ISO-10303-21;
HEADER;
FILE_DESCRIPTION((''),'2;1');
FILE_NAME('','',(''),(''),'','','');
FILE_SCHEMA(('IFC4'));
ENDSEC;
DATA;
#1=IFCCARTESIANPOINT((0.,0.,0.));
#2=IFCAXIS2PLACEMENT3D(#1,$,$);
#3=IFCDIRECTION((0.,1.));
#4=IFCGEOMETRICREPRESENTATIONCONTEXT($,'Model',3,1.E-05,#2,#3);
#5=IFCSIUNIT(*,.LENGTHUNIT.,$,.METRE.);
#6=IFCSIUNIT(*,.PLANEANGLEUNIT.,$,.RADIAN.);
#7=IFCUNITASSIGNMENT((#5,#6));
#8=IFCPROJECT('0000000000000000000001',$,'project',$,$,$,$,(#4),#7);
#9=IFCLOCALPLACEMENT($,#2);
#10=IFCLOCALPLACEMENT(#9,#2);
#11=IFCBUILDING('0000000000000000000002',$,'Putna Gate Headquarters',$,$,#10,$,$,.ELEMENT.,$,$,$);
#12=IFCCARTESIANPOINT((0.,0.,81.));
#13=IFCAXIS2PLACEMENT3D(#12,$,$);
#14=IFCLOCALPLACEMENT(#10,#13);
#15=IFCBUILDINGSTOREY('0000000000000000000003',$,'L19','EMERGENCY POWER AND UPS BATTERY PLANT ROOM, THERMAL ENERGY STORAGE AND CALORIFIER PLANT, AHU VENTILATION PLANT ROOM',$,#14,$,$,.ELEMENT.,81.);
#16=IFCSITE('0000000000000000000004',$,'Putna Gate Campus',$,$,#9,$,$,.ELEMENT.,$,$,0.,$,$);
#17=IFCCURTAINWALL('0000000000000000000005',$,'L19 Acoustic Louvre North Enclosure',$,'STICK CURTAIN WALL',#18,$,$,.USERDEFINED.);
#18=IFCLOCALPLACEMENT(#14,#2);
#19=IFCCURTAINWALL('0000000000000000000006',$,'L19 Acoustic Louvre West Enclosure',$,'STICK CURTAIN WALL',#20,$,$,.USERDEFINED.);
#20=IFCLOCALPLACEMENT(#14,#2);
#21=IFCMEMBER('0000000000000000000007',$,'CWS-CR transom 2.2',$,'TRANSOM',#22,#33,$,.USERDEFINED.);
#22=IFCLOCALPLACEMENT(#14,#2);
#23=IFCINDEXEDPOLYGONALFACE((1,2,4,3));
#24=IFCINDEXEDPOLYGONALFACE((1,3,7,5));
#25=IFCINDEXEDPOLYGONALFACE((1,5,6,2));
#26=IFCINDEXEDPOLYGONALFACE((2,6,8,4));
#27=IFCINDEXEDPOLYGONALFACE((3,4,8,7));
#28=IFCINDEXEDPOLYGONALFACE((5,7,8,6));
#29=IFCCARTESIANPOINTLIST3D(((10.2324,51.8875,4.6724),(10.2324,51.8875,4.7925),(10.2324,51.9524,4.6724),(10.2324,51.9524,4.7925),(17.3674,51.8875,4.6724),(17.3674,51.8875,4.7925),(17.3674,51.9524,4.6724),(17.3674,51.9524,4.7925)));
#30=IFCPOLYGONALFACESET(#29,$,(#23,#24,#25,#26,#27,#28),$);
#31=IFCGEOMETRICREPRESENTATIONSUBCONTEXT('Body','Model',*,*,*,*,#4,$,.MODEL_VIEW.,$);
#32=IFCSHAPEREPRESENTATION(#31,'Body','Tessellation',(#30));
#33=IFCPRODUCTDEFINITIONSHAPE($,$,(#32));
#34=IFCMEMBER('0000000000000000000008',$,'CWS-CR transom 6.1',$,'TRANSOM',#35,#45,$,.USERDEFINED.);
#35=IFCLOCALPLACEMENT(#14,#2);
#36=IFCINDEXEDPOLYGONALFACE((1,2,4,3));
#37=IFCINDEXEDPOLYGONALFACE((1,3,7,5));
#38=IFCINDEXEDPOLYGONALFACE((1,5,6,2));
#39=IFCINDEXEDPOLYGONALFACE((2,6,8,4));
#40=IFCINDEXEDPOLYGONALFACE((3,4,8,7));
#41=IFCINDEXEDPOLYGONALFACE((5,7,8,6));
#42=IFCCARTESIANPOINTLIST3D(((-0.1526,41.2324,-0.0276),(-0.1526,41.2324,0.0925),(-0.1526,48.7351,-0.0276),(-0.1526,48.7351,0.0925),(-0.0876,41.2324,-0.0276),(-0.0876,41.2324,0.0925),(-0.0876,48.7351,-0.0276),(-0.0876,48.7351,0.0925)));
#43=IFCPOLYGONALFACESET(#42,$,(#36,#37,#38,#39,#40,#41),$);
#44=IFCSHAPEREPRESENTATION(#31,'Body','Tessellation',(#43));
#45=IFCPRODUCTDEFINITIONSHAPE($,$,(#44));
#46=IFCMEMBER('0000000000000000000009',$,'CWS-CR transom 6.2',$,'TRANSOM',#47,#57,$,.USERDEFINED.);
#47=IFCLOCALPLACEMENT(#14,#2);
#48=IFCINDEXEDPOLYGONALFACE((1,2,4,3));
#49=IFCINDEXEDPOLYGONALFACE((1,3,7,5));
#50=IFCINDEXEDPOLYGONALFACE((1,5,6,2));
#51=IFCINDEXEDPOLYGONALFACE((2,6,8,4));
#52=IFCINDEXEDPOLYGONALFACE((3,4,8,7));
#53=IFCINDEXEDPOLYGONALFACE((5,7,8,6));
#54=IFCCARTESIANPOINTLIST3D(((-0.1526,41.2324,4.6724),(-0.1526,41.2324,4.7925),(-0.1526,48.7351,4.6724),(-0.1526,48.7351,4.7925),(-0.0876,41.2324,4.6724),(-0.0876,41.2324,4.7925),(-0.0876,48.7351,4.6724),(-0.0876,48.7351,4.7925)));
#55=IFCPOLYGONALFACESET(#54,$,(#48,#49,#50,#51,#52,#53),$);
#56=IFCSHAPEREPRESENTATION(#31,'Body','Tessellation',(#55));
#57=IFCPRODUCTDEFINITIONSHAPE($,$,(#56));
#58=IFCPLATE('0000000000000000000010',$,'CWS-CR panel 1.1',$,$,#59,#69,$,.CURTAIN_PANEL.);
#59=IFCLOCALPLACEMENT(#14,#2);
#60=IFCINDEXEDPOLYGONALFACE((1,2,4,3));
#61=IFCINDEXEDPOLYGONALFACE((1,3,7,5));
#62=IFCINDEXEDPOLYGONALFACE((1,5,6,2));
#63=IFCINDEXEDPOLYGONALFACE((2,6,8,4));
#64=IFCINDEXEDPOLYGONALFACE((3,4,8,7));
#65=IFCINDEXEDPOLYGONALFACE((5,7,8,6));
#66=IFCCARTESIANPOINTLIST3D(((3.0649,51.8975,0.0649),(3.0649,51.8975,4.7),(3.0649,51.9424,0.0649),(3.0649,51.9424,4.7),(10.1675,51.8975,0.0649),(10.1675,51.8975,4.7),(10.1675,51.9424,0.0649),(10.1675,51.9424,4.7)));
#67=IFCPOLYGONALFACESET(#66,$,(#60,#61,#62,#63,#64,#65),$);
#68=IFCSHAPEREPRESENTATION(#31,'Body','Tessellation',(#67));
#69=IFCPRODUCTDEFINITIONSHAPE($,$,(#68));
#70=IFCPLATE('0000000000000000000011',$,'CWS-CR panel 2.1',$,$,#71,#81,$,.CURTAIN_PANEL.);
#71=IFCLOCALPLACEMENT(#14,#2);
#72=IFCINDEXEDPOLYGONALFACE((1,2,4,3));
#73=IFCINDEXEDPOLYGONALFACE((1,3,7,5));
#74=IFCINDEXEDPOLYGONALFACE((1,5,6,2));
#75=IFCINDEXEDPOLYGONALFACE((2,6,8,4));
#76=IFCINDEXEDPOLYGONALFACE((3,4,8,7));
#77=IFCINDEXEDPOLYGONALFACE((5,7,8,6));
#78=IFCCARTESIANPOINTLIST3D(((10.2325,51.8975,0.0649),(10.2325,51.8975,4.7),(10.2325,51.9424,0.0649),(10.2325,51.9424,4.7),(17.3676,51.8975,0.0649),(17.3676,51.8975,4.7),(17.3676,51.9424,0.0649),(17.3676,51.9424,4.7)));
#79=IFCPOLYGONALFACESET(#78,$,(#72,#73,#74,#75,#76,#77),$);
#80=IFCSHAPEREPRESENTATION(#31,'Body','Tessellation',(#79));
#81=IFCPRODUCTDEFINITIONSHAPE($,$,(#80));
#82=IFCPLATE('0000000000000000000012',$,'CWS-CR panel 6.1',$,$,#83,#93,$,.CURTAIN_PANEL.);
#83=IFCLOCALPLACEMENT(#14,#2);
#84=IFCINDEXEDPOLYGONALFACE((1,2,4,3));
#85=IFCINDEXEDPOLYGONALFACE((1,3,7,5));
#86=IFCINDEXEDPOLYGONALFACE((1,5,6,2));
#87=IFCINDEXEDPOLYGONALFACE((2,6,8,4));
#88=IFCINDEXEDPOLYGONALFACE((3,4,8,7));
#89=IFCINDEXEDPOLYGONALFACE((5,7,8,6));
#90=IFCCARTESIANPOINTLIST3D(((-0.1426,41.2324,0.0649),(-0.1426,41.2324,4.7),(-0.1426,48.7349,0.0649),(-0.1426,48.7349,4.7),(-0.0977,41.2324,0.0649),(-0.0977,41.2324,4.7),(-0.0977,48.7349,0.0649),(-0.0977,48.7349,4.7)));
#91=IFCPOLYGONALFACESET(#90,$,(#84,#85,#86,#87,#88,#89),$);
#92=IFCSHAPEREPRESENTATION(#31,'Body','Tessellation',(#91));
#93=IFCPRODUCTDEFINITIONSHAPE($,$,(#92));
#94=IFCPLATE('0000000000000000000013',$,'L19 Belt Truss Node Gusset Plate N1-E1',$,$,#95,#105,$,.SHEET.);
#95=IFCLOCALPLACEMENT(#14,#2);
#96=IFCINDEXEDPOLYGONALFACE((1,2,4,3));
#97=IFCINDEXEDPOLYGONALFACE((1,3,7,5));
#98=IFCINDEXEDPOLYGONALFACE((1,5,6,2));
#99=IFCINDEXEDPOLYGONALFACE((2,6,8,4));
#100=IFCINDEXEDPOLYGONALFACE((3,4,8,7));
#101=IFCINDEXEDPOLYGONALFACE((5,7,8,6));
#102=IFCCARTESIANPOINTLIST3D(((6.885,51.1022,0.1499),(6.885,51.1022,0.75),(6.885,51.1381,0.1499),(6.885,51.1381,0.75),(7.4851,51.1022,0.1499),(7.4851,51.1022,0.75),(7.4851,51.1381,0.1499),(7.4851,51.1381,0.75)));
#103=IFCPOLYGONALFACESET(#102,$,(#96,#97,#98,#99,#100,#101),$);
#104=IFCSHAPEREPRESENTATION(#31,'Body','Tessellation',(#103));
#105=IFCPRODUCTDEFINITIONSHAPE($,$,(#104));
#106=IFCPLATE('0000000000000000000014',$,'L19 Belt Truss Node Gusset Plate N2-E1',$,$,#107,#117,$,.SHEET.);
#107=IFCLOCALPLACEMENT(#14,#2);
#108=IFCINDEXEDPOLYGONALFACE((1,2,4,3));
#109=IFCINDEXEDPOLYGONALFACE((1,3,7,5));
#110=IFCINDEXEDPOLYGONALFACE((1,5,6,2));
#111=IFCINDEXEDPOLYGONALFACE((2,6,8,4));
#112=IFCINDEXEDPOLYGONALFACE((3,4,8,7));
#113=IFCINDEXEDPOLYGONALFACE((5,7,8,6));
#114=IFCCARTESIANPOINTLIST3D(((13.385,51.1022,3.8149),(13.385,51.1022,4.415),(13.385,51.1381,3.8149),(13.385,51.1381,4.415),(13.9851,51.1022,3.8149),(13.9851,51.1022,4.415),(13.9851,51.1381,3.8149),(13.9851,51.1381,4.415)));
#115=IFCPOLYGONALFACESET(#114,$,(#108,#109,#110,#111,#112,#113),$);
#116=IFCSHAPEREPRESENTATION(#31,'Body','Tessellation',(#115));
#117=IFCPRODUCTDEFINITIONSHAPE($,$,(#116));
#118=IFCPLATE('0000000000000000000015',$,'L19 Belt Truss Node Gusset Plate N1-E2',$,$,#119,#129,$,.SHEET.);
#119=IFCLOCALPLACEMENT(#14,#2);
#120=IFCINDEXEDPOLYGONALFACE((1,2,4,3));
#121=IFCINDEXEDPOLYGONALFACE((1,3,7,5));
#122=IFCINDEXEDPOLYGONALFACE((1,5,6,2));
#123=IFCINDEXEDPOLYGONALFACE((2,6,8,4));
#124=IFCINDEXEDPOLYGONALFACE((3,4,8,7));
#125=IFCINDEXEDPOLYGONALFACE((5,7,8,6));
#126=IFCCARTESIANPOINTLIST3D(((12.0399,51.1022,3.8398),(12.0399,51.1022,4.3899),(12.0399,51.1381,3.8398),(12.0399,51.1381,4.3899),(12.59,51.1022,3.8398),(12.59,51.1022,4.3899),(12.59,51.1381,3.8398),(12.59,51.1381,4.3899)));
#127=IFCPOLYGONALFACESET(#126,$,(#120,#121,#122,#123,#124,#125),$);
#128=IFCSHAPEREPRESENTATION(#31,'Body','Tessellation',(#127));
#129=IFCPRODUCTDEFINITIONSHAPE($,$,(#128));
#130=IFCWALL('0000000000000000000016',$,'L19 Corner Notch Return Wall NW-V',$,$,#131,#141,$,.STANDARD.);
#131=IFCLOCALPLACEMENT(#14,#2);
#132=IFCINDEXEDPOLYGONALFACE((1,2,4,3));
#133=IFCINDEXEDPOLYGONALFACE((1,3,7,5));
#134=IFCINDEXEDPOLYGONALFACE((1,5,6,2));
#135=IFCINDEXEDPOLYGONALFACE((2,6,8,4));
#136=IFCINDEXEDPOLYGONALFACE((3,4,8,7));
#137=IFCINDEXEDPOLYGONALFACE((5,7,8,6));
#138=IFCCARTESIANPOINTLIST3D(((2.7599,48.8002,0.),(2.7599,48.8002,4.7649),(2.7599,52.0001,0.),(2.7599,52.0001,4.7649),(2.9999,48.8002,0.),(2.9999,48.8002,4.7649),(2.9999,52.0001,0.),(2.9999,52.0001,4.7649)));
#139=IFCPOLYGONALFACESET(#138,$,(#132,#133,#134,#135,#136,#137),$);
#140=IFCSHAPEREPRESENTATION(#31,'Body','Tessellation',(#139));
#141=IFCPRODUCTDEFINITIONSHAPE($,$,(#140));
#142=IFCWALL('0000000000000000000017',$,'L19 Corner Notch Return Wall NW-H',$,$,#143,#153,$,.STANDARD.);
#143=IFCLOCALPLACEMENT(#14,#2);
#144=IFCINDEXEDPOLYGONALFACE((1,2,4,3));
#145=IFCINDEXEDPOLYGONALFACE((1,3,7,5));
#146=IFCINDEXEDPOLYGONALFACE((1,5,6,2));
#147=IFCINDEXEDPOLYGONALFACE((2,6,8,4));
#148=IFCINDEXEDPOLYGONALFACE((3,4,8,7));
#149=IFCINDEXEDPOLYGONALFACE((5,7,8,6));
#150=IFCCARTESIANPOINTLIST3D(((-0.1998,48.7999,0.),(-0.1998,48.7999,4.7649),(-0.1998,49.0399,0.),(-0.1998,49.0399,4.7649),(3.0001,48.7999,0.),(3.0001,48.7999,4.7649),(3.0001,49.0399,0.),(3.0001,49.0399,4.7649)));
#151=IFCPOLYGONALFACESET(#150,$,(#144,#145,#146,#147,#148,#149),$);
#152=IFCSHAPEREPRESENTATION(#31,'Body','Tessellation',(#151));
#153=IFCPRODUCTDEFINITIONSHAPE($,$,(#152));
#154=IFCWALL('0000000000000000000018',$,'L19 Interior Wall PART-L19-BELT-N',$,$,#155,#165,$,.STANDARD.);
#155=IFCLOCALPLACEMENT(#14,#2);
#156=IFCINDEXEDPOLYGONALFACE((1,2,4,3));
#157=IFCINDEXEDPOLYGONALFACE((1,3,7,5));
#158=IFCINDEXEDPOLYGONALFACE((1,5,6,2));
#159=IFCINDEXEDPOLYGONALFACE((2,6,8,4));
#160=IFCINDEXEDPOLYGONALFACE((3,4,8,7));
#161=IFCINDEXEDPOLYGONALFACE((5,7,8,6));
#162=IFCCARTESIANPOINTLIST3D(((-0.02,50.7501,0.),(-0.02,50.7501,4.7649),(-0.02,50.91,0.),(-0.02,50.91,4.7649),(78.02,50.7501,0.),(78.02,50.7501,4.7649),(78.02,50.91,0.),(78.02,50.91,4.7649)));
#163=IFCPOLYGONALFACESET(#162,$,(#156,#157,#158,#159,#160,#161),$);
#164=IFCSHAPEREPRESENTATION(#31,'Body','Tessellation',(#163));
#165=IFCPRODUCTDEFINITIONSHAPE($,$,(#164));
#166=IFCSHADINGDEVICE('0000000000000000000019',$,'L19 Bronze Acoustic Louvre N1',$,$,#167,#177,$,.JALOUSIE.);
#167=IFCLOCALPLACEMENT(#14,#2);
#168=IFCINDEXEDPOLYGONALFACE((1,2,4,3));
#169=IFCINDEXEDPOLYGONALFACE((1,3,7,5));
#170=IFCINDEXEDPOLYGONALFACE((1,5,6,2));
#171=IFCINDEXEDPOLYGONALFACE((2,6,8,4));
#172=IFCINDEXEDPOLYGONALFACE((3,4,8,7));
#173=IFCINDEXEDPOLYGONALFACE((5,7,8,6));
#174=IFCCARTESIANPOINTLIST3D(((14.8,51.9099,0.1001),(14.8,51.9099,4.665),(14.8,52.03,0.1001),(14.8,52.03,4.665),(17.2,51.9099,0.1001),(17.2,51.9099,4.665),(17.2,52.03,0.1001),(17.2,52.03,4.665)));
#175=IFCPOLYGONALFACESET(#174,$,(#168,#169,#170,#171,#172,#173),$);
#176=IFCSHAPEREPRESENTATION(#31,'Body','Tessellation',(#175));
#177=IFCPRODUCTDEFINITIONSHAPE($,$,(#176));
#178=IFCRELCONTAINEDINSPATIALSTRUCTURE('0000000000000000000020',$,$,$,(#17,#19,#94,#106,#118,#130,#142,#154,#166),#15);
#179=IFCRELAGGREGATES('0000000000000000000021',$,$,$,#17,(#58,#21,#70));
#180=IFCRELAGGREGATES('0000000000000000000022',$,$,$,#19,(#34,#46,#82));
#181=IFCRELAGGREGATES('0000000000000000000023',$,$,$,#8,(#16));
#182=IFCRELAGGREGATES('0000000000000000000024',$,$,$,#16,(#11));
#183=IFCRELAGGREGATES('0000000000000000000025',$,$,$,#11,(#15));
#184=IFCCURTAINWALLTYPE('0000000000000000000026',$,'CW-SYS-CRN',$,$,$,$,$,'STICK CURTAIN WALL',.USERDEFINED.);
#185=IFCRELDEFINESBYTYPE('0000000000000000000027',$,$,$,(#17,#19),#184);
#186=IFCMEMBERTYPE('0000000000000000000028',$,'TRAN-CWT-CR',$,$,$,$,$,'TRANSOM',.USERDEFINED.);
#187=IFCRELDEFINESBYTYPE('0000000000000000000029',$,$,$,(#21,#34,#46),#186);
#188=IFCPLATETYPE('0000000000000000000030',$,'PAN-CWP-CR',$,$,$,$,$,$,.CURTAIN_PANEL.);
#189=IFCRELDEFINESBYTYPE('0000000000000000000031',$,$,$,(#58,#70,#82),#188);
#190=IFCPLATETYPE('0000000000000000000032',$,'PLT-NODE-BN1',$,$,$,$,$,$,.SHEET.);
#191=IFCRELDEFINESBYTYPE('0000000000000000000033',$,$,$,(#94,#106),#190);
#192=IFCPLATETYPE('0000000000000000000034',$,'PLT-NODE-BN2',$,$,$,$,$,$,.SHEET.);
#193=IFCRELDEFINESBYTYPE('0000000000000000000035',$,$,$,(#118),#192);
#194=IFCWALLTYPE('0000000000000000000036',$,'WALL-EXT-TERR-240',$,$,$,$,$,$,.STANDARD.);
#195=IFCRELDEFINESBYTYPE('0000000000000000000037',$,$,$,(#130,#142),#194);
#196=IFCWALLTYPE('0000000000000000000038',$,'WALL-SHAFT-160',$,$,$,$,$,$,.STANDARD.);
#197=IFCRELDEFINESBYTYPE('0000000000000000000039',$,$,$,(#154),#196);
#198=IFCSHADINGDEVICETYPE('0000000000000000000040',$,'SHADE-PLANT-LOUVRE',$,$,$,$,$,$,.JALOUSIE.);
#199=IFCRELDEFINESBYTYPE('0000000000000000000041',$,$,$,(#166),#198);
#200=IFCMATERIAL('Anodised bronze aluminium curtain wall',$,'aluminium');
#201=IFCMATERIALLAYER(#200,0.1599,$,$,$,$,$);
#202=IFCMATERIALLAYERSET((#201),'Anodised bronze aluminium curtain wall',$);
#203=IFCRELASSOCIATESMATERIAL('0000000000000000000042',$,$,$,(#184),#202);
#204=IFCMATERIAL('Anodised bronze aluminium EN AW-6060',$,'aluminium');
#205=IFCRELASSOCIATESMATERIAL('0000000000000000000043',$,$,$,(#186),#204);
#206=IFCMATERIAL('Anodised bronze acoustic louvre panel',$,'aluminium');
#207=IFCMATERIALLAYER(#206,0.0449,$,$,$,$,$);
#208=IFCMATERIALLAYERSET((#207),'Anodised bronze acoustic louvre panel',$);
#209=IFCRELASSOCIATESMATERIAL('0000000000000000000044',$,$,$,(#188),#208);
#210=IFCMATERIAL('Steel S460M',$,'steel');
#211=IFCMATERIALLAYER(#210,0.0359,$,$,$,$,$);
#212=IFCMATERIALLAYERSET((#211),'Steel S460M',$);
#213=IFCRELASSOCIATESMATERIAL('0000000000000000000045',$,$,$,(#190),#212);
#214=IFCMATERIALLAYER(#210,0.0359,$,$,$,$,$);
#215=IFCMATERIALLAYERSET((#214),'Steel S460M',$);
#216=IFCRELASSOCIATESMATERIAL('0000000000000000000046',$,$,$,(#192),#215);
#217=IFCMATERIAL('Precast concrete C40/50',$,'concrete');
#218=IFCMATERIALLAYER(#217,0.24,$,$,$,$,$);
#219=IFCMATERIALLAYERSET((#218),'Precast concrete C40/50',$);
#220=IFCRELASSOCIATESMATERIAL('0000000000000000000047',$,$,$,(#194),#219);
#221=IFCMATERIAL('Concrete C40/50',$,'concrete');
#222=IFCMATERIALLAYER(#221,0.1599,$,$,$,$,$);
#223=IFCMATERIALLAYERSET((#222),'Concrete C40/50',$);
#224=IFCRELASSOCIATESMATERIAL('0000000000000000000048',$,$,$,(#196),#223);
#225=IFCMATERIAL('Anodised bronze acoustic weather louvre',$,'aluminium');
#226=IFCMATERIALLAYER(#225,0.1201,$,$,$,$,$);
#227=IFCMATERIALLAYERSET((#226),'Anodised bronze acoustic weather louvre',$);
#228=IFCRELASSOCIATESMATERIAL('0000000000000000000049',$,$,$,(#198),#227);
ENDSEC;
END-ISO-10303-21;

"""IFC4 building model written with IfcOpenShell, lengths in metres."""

from ifc_helpers import new_model, si_unit, direction, frame, frame_2d, origin, origin_2d, place, context, subcontext, project, spatial, rectangle, extrude, material, layer, layer_set, material_profile, profile_set, type_object, element, aggregate, save


model = new_model("IFC4")

# Units and contexts
model_context = context("Model", 3, precision=1e-05, world=origin(), true_north=direction((0.0, 1.0)))
body_context = subcontext(model_context, "Body", "Model", "MODEL_VIEW")
ifc_project = project(units=[si_unit("LENGTHUNIT", "METRE"), si_unit("PLANEANGLEUNIT", "RADIAN")], contexts=[model_context])

# Site, building, storey
site_placement = place(None, origin())
site = spatial("IfcSite", under=ifc_project, at=site_placement, Name="Putna Gate Campus", CompositionType="ELEMENT", RefElevation=0.0)
building_placement = place(site_placement, origin())
building = spatial("IfcBuilding", under=site, at=building_placement, Name="Putna Gate Headquarters", CompositionType="ELEMENT")
storey_placement = place(building_placement, frame((0.0, 0.0, 81.0)))
storey = spatial("IfcBuildingStorey", under=building, at=storey_placement, Name="L19", Description="EMERGENCY POWER AND UPS BATTERY PLANT ROOM, THERMAL ENERGY STORAGE AND CALORIFIER PLANT, AHU VENTILATION PLANT ROOM", CompositionType="ELEMENT", Elevation=81.0)

# Shared definitions
ifc_material_1 = material(Name="Steel S460M", Category="steel")

# Curtain walls
ifc_material_2 = material(Name="Anodised bronze aluminium curtain wall", Category="aluminium")
ifc_layer_1 = layer(ifc_material_2, 0.1599)
ifc_layer_set_1 = layer_set([ifc_layer_1], Name="Anodised bronze aluminium curtain wall")
curtain_wall_type = type_object("IfcCurtainWallType", Name="CW-SYS-CRN", ElementType="STICK CURTAIN WALL", PredefinedType="USERDEFINED", material=ifc_layer_set_1)
curtain_wall_1_placement = place(storey_placement, origin())
curtain_wall_1 = element("IfcCurtainWall", 1, at=curtain_wall_1_placement, inside=storey, type_object=curtain_wall_type, Name="L19 Acoustic Louvre North Enclosure", ObjectType="STICK CURTAIN WALL", PredefinedType="USERDEFINED")
ifc_material_3 = material(Name="Anodised bronze aluminium EN AW-6060", Category="aluminium")
curtain_wall_2_placement = place(storey_placement, origin())
curtain_wall_2 = element("IfcCurtainWall", 2, at=curtain_wall_2_placement, inside=storey, type_object=curtain_wall_type, Name="L19 Acoustic Louvre West Enclosure", ObjectType="STICK CURTAIN WALL", PredefinedType="USERDEFINED")

# Members
ifc_material_profile_1 = material_profile(ifc_material_3, rectangle(XDim=0.0649, YDim=0.1201, at=origin_2d()), Name="Anodised bronze aluminium EN AW-6060")
ifc_profile_set_1 = profile_set([ifc_material_profile_1], Name="Anodised bronze aluminium EN AW-6060")
member_type_1 = type_object("IfcMemberType", Name="TRAN-CWT-CR", ElementType="TRANSOM", PredefinedType="USERDEFINED", material=ifc_profile_set_1)
member_1_placement = place(storey_placement, frame((10.2324, 51.9199, 4.7324), z_axis=(1.0, 0.0, 0.0), x_axis=(0.0, 1.0, 0.0)))
member_1 = element("IfcMember", 3, at=member_1_placement, type_object=member_type_1, Name="CWS-CR transom 2.2", ObjectType="TRANSOM", PredefinedType="USERDEFINED", context=body_context, shape_type="SweptSolid", body=[
    extrude(rectangle(XDim=0.0649, YDim=0.1201, at=origin_2d()), origin(), (0.0, 0.0, 1.0), 7.135),
])
member_2_placement = place(storey_placement, frame((-0.1201, 41.2324, 0.0325), z_axis=(0.0, 1.0, 0.0), x_axis=(-1.0, 0.0, 0.0)))
member_2 = element("IfcMember", 4, at=member_2_placement, type_object=member_type_1, Name="CWS-CR transom 6.1", ObjectType="TRANSOM", PredefinedType="USERDEFINED", context=body_context, shape_type="SweptSolid", body=[
    extrude(rectangle(XDim=0.0649, YDim=0.1201, at=origin_2d()), origin(), (0.0, 0.0, 1.0), 7.5027),
])
member_3_placement = place(storey_placement, frame((-0.1201, 41.2324, 4.7324), z_axis=(0.0, 1.0, 0.0), x_axis=(-1.0, 0.0, 0.0)))
member_3 = element("IfcMember", 5, at=member_3_placement, type_object=member_type_1, Name="CWS-CR transom 6.2", ObjectType="TRANSOM", PredefinedType="USERDEFINED", context=body_context, shape_type="SweptSolid", body=[
    extrude(rectangle(XDim=0.0649, YDim=0.1201, at=origin_2d()), origin(), (0.0, 0.0, 1.0), 7.5027),
])

# Plates
ifc_material_4 = material(Name="Anodised bronze acoustic louvre panel", Category="aluminium")
ifc_layer_2 = layer(ifc_material_4, 0.0449)
ifc_layer_set_2 = layer_set([ifc_layer_2], Name="Anodised bronze acoustic louvre panel")
plate_type_1 = type_object("IfcPlateType", Name="PAN-CWP-CR", PredefinedType="CURTAIN_PANEL", material=ifc_layer_set_2)
plate_1_placement = place(storey_placement, frame((6.6162, 51.9199, 0.0649), z_axis=(0.0, 0.0, 1.0), x_axis=(1.0, 0.0, 0.0)))
plate_1 = element("IfcPlate", 6, at=plate_1_placement, type_object=plate_type_1, Name="CWS-CR panel 1.1", PredefinedType="CURTAIN_PANEL", context=body_context, shape_type="SweptSolid", body=[
    extrude(rectangle(XDim=7.1025, YDim=0.0449, at=origin_2d()), origin(), (0.0, 0.0, 1.0), 4.635),
])
plate_2_placement = place(storey_placement, frame((13.8, 51.9199, 0.0649), z_axis=(0.0, 0.0, 1.0), x_axis=(1.0, 0.0, 0.0)))
plate_2 = element("IfcPlate", 7, at=plate_2_placement, type_object=plate_type_1, Name="CWS-CR panel 2.1", PredefinedType="CURTAIN_PANEL", context=body_context, shape_type="SweptSolid", body=[
    extrude(rectangle(XDim=7.135, YDim=0.0449, at=origin_2d()), origin(), (0.0, 0.0, 1.0), 4.635),
])
aggregate(curtain_wall_1, [plate_1, member_1, plate_2])
plate_3_placement = place(storey_placement, frame((-0.1201, 44.9836, 0.0649), z_axis=(0.0, 0.0, 1.0), x_axis=(0.0, 1.0, 0.0)))
plate_3 = element("IfcPlate", 8, at=plate_3_placement, type_object=plate_type_1, Name="CWS-CR panel 6.1", PredefinedType="CURTAIN_PANEL", context=body_context, shape_type="SweptSolid", body=[
    extrude(rectangle(XDim=7.5024, YDim=0.0449, at=origin_2d()), origin(), (0.0, 0.0, 1.0), 4.635),
])
aggregate(curtain_wall_2, [member_2, member_3, plate_3])

# Plates
ifc_layer_3 = layer(ifc_material_1, 0.0359)
ifc_layer_set_3 = layer_set([ifc_layer_3], Name="Steel S460M")
plate_type_2 = type_object("IfcPlateType", Name="PLT-NODE-BN1", PredefinedType="SHEET", material=ifc_layer_set_3)
for number, where, z_axis, x_axis, name in (
    (9, (7.1851, 51.1201, 0.1499), (0.0, 0.0, 1.0), (1.0, 0.0, 0.0), "L19 Belt Truss Node Gusset Plate N1-E1"),
    (10, (13.6851, 51.1201, 3.8149), (0.0, 0.0, 1.0), (1.0, 0.0, 0.0), "L19 Belt Truss Node Gusset Plate N2-E1"),
):
    element("IfcPlate", number, at=place(storey_placement, frame(where, z_axis=z_axis, x_axis=x_axis)), inside=storey, type_object=plate_type_2, Name=name, PredefinedType="SHEET", context=body_context, shape_type="SweptSolid", body=[
        extrude(rectangle(XDim=0.6001, YDim=0.0359, at=origin_2d()), origin(), (0.0, 0.0, 1.0), 0.6001),
    ])
ifc_layer_4 = layer(ifc_material_1, 0.0359)
ifc_layer_set_4 = layer_set([ifc_layer_4], Name="Steel S460M")
plate_type_3 = type_object("IfcPlateType", Name="PLT-NODE-BN2", PredefinedType="SHEET", material=ifc_layer_set_4)
plate_4_placement = place(storey_placement, frame((12.3149, 51.1201, 3.8398), z_axis=(0.0, 0.0, 1.0), x_axis=(1.0, 0.0, 0.0)))
element("IfcPlate", 11, at=plate_4_placement, inside=storey, type_object=plate_type_3, Name="L19 Belt Truss Node Gusset Plate N1-E2", PredefinedType="SHEET", context=body_context, shape_type="SweptSolid", body=[
    extrude(rectangle(XDim=0.55, YDim=0.0359, at=origin_2d()), origin(), (0.0, 0.0, 1.0), 0.55),
])

# Walls
ifc_material_5 = material(Name="Precast concrete C40/50", Category="concrete")
ifc_layer_5 = layer(ifc_material_5, 0.24)
ifc_layer_set_5 = layer_set([ifc_layer_5], Name="Precast concrete C40/50")
wall_type_1 = type_object("IfcWallType", Name="WALL-EXT-TERR-240", PredefinedType="STANDARD", material=ifc_layer_set_5)
for number, where, z_axis, x_axis, name in (
    (12, (2.8799, 48.8, 0.0), (0.0, 0.0, 1.0), (0.0, 1.0, 0.0), "L19 Corner Notch Return Wall NW-V"),
    (13, (-0.2, 48.9199, 0.0), (0.0, 0.0, 1.0), (1.0, 0.0, 0.0), "L19 Corner Notch Return Wall NW-H"),
):
    element("IfcWall", number, at=place(storey_placement, frame(where, z_axis=z_axis, x_axis=x_axis)), inside=storey, type_object=wall_type_1, Name=name, PredefinedType="STANDARD", context=body_context, shape_type="SweptSolid", body=[
        extrude(rectangle(XDim=3.2, YDim=0.24, at=frame_2d((1.6001, 0.0))), origin(), (0.0, 0.0, 1.0), 4.7649),
    ])
ifc_material_6 = material(Name="Concrete C40/50", Category="concrete")
ifc_layer_6 = layer(ifc_material_6, 0.1599)
ifc_layer_set_6 = layer_set([ifc_layer_6], Name="Concrete C40/50")
wall_type_2 = type_object("IfcWallType", Name="WALL-SHAFT-160", PredefinedType="STANDARD", material=ifc_layer_set_6)
wall_placement = place(storey_placement, frame((-0.02, 50.8301, 0.0), z_axis=(0.0, 0.0, 1.0), x_axis=(1.0, 0.0, 0.0)))
element("IfcWall", 14, at=wall_placement, inside=storey, type_object=wall_type_2, Name="L19 Interior Wall PART-L19-BELT-N", PredefinedType="STANDARD", context=body_context, shape_type="SweptSolid", body=[
    extrude(rectangle(XDim=78.04, YDim=0.1599, at=frame_2d((39.02, 0.0))), origin(), (0.0, 0.0, 1.0), 4.7649),
])

# Shading device
ifc_material_7 = material(Name="Anodised bronze acoustic weather louvre", Category="aluminium")
ifc_layer_7 = layer(ifc_material_7, 0.1201)
ifc_layer_set_7 = layer_set([ifc_layer_7], Name="Anodised bronze acoustic weather louvre")
shading_device_type = type_object("IfcShadingDeviceType", Name="SHADE-PLANT-LOUVRE", PredefinedType="JALOUSIE", material=ifc_layer_set_7)
shading_device_placement = place(storey_placement, frame((16.0, 51.97, 0.1001), z_axis=(0.0, 0.0, 1.0), x_axis=(1.0, 0.0, 0.0)))
element("IfcShadingDevice", 15, at=shading_device_placement, inside=storey, type_object=shading_device_type, Name="L19 Bronze Acoustic Louvre N1", PredefinedType="JALOUSIE", context=body_context, shape_type="SweptSolid", body=[
    extrude(rectangle(XDim=2.3999, YDim=0.1201, at=origin_2d()), origin(), (0.0, 0.0, 1.0), 4.5649),
])

save(model, "model.ifc")
